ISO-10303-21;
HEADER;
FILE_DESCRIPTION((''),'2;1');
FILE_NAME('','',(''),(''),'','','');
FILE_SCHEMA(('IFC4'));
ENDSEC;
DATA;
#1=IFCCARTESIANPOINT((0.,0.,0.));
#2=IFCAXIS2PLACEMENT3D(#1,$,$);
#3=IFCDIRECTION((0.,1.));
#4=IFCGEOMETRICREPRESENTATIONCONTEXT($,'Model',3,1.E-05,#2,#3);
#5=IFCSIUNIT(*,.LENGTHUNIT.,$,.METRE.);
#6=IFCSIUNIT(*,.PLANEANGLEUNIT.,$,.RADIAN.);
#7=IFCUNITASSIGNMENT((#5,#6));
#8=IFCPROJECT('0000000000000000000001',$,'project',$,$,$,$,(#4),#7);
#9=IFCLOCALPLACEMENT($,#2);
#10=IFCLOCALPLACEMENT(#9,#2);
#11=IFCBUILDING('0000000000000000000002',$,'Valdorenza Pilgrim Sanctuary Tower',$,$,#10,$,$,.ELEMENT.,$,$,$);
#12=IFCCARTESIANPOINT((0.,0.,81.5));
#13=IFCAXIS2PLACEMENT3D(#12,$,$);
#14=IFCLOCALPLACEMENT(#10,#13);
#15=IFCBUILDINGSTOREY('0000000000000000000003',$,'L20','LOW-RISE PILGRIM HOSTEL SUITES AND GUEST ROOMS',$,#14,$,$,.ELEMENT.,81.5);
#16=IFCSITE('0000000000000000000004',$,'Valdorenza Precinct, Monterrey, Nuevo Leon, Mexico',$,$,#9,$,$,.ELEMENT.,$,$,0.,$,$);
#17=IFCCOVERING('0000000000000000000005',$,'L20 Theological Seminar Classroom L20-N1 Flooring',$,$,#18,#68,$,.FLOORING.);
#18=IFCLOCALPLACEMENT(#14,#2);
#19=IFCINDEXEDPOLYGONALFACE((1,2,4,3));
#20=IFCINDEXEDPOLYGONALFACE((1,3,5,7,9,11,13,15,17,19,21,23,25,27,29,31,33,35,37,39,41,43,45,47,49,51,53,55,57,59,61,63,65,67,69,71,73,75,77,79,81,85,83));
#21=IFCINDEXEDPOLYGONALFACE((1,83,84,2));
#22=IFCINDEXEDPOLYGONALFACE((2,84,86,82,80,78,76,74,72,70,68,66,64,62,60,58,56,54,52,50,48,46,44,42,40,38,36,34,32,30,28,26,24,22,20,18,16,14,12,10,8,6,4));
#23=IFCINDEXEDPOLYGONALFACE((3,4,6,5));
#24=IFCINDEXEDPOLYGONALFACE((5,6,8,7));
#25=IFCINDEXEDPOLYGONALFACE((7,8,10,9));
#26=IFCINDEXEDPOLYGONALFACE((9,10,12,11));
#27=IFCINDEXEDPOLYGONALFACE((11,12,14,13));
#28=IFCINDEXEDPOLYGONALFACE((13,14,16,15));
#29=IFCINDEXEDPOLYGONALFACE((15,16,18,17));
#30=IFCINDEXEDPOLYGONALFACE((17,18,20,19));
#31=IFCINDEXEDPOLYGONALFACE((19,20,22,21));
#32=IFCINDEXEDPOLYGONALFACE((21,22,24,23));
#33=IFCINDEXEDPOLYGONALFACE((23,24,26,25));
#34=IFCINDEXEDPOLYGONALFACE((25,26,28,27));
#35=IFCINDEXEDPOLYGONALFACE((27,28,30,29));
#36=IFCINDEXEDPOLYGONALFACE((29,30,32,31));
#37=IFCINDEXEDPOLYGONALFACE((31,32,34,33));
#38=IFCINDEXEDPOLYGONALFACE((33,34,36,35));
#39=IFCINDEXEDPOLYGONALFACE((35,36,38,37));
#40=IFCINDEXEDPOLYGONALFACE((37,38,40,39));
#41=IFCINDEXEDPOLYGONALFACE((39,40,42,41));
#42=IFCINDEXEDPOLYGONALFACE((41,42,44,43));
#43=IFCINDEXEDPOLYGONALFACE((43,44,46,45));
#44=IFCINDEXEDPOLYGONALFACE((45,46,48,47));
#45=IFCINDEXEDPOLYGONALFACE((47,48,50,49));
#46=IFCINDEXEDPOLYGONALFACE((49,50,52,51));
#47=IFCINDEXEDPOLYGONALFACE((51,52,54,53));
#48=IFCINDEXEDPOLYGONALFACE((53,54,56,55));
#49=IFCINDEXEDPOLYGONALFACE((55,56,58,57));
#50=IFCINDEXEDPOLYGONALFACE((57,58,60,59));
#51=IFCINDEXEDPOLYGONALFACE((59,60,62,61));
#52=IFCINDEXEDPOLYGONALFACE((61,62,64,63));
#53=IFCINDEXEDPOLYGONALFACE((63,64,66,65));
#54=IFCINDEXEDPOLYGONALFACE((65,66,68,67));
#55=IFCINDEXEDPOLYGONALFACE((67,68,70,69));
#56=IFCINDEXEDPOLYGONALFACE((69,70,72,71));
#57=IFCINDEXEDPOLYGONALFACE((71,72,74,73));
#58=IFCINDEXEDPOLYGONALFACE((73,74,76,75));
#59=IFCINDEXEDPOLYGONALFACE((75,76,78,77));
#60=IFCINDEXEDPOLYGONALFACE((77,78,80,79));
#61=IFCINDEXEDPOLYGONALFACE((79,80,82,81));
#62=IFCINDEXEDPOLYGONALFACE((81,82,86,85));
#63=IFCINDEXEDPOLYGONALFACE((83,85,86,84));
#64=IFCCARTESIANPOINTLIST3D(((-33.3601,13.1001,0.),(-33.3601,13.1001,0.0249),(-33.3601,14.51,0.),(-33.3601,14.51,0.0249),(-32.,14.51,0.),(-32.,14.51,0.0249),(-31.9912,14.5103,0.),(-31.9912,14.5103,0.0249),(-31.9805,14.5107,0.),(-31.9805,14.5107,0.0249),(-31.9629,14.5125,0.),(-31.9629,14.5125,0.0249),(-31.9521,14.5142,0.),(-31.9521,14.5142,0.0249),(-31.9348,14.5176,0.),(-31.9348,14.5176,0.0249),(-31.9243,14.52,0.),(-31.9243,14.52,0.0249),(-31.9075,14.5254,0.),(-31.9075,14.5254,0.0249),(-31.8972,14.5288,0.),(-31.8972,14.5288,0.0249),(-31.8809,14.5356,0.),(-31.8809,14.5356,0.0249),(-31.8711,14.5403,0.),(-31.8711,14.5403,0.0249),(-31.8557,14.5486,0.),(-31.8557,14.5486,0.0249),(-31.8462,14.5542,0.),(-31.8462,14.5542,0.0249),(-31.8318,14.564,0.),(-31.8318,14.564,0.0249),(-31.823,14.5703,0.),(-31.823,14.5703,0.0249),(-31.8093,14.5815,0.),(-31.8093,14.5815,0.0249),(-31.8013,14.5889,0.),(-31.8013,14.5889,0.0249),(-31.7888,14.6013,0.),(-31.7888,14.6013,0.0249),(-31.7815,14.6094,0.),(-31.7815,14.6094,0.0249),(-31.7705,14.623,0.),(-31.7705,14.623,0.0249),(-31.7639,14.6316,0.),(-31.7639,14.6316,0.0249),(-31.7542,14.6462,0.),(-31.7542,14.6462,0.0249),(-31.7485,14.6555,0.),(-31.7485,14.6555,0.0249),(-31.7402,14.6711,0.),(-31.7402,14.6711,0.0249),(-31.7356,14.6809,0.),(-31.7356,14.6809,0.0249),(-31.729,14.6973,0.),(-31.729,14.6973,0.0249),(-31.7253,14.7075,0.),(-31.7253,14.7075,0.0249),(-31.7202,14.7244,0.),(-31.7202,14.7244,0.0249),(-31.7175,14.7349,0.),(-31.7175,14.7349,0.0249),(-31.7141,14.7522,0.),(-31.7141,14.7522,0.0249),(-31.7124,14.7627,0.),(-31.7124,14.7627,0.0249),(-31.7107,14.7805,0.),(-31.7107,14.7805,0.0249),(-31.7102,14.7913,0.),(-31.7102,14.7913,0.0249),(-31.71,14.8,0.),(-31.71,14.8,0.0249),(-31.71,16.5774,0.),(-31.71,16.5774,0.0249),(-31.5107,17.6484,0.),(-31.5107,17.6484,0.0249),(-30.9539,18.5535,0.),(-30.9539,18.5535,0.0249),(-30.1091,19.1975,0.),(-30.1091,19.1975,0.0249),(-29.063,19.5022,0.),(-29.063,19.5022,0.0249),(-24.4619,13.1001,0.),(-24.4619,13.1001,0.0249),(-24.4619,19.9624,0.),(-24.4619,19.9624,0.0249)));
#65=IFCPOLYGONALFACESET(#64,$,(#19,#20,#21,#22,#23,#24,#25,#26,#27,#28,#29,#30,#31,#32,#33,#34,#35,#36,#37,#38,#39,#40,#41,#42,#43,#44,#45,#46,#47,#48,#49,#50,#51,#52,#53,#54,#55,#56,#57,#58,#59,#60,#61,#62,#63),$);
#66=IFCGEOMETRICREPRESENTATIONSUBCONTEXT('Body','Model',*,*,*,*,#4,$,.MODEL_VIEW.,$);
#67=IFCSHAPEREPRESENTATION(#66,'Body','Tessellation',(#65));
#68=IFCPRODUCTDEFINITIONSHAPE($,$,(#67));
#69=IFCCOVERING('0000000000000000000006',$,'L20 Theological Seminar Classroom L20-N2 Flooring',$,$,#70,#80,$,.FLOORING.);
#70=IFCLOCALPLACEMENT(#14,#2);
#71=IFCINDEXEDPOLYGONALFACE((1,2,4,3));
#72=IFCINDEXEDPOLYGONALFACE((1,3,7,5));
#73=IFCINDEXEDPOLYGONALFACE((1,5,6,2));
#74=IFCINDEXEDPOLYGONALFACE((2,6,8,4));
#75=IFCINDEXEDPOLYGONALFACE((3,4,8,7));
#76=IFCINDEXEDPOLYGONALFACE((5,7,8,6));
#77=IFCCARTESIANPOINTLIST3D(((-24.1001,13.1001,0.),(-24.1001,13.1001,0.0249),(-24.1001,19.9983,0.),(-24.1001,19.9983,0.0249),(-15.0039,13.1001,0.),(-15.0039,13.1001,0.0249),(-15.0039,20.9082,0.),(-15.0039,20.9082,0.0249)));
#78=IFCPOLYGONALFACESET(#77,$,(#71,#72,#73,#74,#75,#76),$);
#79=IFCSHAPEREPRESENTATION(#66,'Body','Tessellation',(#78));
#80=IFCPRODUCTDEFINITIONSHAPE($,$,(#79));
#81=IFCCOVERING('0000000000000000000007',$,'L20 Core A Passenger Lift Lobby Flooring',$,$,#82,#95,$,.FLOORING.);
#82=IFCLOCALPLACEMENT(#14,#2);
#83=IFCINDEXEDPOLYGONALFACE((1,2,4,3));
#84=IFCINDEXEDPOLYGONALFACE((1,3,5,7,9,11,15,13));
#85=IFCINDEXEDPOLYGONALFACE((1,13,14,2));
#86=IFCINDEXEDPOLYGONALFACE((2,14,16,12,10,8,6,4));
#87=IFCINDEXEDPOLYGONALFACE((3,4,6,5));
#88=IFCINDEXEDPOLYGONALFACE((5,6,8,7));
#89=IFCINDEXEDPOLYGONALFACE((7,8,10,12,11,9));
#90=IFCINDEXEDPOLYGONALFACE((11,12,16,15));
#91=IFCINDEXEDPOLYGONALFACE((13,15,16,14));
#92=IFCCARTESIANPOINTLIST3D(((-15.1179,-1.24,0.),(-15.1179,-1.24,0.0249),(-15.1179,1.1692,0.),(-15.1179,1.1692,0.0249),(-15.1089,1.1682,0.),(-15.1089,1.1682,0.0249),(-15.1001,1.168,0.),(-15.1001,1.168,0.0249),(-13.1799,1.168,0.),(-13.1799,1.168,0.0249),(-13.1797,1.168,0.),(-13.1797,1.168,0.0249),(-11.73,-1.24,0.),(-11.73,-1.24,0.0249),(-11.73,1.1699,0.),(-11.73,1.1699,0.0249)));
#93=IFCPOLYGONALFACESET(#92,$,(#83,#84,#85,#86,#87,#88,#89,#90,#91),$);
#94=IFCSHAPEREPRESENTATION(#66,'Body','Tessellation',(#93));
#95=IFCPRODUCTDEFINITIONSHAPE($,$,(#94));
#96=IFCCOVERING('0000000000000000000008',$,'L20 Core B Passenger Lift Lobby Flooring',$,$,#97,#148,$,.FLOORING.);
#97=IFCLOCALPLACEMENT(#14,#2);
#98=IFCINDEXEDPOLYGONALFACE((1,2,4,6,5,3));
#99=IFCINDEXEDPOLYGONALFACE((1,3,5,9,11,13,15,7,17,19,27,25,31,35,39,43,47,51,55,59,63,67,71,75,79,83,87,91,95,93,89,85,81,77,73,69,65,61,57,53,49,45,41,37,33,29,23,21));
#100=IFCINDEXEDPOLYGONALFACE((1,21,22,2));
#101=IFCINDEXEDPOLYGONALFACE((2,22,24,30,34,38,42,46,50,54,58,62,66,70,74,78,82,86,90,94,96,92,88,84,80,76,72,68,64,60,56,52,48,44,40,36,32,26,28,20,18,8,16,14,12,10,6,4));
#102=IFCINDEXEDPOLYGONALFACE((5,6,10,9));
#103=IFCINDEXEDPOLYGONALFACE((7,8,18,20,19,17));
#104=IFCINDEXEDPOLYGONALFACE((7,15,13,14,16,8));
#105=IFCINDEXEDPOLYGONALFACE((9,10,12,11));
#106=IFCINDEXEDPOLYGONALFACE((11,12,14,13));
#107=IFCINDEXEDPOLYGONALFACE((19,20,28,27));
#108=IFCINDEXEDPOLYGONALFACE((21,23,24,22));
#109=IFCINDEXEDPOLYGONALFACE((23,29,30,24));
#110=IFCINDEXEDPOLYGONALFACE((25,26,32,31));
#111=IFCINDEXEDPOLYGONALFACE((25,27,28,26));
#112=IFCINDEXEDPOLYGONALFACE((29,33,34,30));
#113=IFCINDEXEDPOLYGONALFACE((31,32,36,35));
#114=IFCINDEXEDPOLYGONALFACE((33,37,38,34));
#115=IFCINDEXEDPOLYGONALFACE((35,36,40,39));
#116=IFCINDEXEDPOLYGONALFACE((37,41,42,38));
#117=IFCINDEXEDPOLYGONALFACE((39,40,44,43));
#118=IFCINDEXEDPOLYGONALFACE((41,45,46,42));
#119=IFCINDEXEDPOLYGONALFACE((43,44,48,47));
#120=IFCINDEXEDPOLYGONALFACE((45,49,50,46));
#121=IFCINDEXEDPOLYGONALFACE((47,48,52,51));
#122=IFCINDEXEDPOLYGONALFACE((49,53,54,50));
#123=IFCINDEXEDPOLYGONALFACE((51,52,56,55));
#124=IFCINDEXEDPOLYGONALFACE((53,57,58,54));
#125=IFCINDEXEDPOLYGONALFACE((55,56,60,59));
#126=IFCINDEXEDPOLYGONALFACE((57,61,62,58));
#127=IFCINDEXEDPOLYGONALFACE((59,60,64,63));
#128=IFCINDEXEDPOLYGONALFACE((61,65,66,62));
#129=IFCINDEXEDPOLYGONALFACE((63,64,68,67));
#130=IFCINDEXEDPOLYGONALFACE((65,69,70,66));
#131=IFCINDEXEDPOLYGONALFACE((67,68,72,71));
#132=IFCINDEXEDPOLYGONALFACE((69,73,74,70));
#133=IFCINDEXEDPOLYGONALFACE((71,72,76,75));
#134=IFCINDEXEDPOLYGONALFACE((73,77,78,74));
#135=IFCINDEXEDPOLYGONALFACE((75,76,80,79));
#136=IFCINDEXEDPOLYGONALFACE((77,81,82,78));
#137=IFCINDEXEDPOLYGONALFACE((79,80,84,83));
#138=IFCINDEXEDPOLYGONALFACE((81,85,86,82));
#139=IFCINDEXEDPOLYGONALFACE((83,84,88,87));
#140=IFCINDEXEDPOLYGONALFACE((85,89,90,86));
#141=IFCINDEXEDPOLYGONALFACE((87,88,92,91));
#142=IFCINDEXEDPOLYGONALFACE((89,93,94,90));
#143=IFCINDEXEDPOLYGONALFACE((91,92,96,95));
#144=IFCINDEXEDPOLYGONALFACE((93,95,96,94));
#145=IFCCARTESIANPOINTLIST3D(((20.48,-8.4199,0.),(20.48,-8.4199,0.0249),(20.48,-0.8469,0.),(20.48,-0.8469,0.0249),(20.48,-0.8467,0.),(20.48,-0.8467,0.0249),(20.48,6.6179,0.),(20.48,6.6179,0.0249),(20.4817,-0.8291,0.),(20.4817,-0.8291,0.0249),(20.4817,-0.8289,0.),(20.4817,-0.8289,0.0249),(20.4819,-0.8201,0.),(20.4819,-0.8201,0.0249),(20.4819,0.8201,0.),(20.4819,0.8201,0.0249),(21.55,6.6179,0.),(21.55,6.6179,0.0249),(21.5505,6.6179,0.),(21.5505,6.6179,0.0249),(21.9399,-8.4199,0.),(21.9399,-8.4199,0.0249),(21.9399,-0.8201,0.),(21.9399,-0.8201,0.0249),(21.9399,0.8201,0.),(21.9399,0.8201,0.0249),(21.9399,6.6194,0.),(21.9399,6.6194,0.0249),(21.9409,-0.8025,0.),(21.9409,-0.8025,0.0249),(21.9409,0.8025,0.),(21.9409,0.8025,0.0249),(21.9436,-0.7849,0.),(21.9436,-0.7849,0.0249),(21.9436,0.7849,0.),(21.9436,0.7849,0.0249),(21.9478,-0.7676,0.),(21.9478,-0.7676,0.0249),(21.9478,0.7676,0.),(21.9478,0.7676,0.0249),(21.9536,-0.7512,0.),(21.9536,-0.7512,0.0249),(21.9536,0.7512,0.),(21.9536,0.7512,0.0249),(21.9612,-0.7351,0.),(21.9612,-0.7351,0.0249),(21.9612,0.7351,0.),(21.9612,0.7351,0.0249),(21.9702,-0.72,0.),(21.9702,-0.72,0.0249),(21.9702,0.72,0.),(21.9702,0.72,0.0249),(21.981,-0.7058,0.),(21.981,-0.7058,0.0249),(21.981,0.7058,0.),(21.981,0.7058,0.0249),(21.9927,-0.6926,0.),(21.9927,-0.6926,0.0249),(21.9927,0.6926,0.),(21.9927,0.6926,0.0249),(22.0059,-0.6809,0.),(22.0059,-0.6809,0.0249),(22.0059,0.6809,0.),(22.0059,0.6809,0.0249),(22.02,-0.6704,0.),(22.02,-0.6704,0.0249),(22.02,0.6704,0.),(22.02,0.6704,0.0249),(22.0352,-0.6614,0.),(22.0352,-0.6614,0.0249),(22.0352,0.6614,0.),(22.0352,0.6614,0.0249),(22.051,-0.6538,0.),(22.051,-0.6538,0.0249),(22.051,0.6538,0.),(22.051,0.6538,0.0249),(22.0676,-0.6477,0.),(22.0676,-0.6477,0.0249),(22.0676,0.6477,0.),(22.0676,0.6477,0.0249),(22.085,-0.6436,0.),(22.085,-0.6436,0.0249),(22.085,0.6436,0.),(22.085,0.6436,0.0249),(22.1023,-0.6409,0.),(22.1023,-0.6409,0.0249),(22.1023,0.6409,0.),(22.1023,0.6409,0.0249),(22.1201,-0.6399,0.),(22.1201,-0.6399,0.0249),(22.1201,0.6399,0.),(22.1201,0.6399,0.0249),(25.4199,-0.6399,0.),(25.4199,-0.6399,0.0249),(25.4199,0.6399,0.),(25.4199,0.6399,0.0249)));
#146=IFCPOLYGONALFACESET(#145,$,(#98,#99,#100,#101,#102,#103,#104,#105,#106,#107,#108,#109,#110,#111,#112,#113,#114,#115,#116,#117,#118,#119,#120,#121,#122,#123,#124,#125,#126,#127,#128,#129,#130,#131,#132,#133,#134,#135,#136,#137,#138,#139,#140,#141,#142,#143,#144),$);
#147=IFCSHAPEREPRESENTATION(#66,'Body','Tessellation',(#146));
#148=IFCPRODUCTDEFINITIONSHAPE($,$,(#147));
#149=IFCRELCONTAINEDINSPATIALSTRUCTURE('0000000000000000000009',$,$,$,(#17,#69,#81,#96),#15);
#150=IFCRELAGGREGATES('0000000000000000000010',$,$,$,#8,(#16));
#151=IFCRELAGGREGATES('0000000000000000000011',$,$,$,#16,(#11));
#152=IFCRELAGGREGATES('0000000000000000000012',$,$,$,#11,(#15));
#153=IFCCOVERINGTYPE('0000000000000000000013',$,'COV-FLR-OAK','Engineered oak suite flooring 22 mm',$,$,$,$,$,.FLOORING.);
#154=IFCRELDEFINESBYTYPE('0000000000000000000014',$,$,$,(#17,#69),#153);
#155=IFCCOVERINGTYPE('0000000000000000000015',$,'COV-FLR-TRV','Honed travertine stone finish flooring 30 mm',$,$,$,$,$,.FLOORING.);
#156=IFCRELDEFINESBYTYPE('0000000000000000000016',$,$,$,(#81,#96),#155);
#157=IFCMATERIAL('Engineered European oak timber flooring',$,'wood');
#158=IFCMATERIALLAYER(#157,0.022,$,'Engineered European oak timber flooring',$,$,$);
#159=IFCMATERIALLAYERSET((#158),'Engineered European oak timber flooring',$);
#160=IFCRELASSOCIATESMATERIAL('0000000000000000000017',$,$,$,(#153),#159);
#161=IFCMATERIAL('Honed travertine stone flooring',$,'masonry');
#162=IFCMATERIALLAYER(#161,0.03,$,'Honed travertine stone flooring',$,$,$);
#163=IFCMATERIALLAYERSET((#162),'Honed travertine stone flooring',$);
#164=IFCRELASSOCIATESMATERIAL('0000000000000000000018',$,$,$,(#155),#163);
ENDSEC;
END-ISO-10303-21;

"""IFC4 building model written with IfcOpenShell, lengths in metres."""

from ifc_helpers import new_model, si_unit, direction, frame, origin, place, context, subcontext, project, spatial, polyline, outline, extrude, material, layer, layer_set, type_object, element, save


model = new_model("IFC4")

# Units and contexts
model_context = context("Model", 3, precision=1e-05, world=origin(), true_north=direction((0.0, 1.0)))
body_context = subcontext(model_context, "Body", "Model", "MODEL_VIEW")
ifc_project = project(units=[si_unit("LENGTHUNIT", "METRE"), si_unit("PLANEANGLEUNIT", "RADIAN")], contexts=[model_context])

# Site, building, storey
site_placement = place(None, origin())
site = spatial("IfcSite", under=ifc_project, at=site_placement, Name="Valdorenza Precinct, Monterrey, Nuevo Leon, Mexico", CompositionType="ELEMENT", RefElevation=0.0)
building_placement = place(site_placement, origin())
building = spatial("IfcBuilding", under=site, at=building_placement, Name="Valdorenza Pilgrim Sanctuary Tower", CompositionType="ELEMENT")
storey_placement = place(building_placement, frame((0.0, 0.0, 81.5)))
storey = spatial("IfcBuildingStorey", under=building, at=storey_placement, Name="L20", Description="LOW-RISE PILGRIM HOSTEL SUITES AND GUEST ROOMS", CompositionType="ELEMENT", Elevation=81.5)

# Coverings
ifc_material_1 = material(Name="Engineered European oak timber flooring", Category="wood")
ifc_layer_1 = layer(ifc_material_1, 0.022, Name="Engineered European oak timber flooring")
ifc_layer_set_1 = layer_set([ifc_layer_1], Name="Engineered European oak timber flooring")
covering_type_1 = type_object("IfcCoveringType", Name="COV-FLR-OAK", Description="Engineered oak suite flooring 22 mm", PredefinedType="FLOORING", material=ifc_layer_set_1)
covering_1_placement = place(storey_placement, origin())
element("IfcCovering", 1, at=covering_1_placement, inside=storey, type_object=covering_type_1, Name="L20 Theological Seminar Classroom L20-N1 Flooring", PredefinedType="FLOORING", context=body_context, shape_type="SweptSolid", body=[
    extrude(outline(polyline([(-33.3601, 13.1001), (-33.3601, 14.51), (-32.0, 14.51), (-31.9912, 14.5103), (-31.9805, 14.5107), (-31.9629, 14.5125), (-31.9521, 14.5142), (-31.9348, 14.5176), (-31.9243, 14.52), (-31.9075, 14.5254), (-31.8972, 14.5288), (-31.8809, 14.5356), (-31.8711, 14.5403), (-31.8557, 14.5486), (-31.8462, 14.5542), (-31.8318, 14.564), (-31.823, 14.5703), (-31.8093, 14.5815), (-31.8013, 14.5889), (-31.7888, 14.6013), (-31.7815, 14.6094), (-31.7705, 14.623), (-31.7639, 14.6316), (-31.7542, 14.6462), (-31.7485, 14.6555), (-31.7402, 14.6711), (-31.7356, 14.6809), (-31.729, 14.6973), (-31.7253, 14.7075), (-31.7202, 14.7244), (-31.7175, 14.7349), (-31.7141, 14.7522), (-31.7124, 14.7627), (-31.7107, 14.7805), (-31.7102, 14.7913), (-31.71, 14.8), (-31.71, 16.5774), (-31.5107, 17.6484), (-30.9539, 18.5535), (-30.1091, 19.1975), (-29.063, 19.5022), (-24.4619, 19.9624), (-24.4619, 13.1001), (-33.3601, 13.1001)])), origin(), (0.0, 0.0, 1.0), 0.0249),
])
covering_2_placement = place(storey_placement, origin())
element("IfcCovering", 2, at=covering_2_placement, inside=storey, type_object=covering_type_1, Name="L20 Theological Seminar Classroom L20-N2 Flooring", PredefinedType="FLOORING", context=body_context, shape_type="SweptSolid", body=[
    extrude(outline(polyline([(-24.1001, 13.1001), (-24.1001, 19.9983), (-15.0039, 20.9082), (-15.0039, 13.1001), (-24.1001, 13.1001)])), origin(), (0.0, 0.0, 1.0), 0.0249),
])
ifc_material_2 = material(Name="Honed travertine stone flooring", Category="masonry")
ifc_layer_2 = layer(ifc_material_2, 0.03, Name="Honed travertine stone flooring")
ifc_layer_set_2 = layer_set([ifc_layer_2], Name="Honed travertine stone flooring")
covering_type_2 = type_object("IfcCoveringType", Name="COV-FLR-TRV", Description="Honed travertine stone finish flooring 30 mm", PredefinedType="FLOORING", material=ifc_layer_set_2)
covering_3_placement = place(storey_placement, origin())
element("IfcCovering", 3, at=covering_3_placement, inside=storey, type_object=covering_type_2, Name="L20 Core A Passenger Lift Lobby Flooring", PredefinedType="FLOORING", context=body_context, shape_type="SweptSolid", body=[
    extrude(outline(polyline([(-15.1179, 1.1692), (-15.1089, 1.1682), (-15.1089, 1.1682), (-15.1001, 1.168), (-13.1799, 1.168), (-13.1797, 1.168), (-11.73, 1.1699), (-11.73, -1.24), (-15.1179, -1.24), (-15.1179, 1.1692)])), origin(), (0.0, 0.0, 1.0), 0.0249),
])
covering_4_placement = place(storey_placement, origin())
element("IfcCovering", 4, at=covering_4_placement, inside=storey, type_object=covering_type_2, Name="L20 Core B Passenger Lift Lobby Flooring", PredefinedType="FLOORING", context=body_context, shape_type="SweptSolid", body=[
    extrude(outline(polyline([(20.48, 6.6179), (21.55, 6.6179), (21.5505, 6.6179), (21.9399, 6.6194), (21.9399, 0.8201), (21.9409, 0.8025), (21.9436, 0.7849), (21.9478, 0.7676), (21.9536, 0.7512), (21.9612, 0.7351), (21.9702, 0.72), (21.981, 0.7058), (21.9927, 0.6926), (22.0059, 0.6809), (22.02, 0.6704), (22.0352, 0.6614), (22.051, 0.6538), (22.0676, 0.6477), (22.085, 0.6436), (22.1023, 0.6409), (22.1201, 0.6399), (25.4199, 0.6399), (25.4199, -0.6399), (22.1201, -0.6399), (22.1023, -0.6409), (22.085, -0.6436), (22.0676, -0.6477), (22.051, -0.6538), (22.0352, -0.6614), (22.02, -0.6704), (22.0059, -0.6809), (21.9927, -0.6926), (21.981, -0.7058), (21.9702, -0.72), (21.9612, -0.7351), (21.9536, -0.7512), (21.9478, -0.7676), (21.9436, -0.7849), (21.9409, -0.8025), (21.9399, -0.8201), (21.9399, -8.4199), (20.48, -8.4199), (20.48, -0.8469), (20.48, -0.8467), (20.48, -0.8467), (20.4817, -0.8291), (20.4817, -0.8289), (20.4819, -0.8201), (20.4819, 0.8201), (20.48, 6.6179)])), origin(), (0.0, 0.0, 1.0), 0.0249),
])

save(model, "model.ifc")
